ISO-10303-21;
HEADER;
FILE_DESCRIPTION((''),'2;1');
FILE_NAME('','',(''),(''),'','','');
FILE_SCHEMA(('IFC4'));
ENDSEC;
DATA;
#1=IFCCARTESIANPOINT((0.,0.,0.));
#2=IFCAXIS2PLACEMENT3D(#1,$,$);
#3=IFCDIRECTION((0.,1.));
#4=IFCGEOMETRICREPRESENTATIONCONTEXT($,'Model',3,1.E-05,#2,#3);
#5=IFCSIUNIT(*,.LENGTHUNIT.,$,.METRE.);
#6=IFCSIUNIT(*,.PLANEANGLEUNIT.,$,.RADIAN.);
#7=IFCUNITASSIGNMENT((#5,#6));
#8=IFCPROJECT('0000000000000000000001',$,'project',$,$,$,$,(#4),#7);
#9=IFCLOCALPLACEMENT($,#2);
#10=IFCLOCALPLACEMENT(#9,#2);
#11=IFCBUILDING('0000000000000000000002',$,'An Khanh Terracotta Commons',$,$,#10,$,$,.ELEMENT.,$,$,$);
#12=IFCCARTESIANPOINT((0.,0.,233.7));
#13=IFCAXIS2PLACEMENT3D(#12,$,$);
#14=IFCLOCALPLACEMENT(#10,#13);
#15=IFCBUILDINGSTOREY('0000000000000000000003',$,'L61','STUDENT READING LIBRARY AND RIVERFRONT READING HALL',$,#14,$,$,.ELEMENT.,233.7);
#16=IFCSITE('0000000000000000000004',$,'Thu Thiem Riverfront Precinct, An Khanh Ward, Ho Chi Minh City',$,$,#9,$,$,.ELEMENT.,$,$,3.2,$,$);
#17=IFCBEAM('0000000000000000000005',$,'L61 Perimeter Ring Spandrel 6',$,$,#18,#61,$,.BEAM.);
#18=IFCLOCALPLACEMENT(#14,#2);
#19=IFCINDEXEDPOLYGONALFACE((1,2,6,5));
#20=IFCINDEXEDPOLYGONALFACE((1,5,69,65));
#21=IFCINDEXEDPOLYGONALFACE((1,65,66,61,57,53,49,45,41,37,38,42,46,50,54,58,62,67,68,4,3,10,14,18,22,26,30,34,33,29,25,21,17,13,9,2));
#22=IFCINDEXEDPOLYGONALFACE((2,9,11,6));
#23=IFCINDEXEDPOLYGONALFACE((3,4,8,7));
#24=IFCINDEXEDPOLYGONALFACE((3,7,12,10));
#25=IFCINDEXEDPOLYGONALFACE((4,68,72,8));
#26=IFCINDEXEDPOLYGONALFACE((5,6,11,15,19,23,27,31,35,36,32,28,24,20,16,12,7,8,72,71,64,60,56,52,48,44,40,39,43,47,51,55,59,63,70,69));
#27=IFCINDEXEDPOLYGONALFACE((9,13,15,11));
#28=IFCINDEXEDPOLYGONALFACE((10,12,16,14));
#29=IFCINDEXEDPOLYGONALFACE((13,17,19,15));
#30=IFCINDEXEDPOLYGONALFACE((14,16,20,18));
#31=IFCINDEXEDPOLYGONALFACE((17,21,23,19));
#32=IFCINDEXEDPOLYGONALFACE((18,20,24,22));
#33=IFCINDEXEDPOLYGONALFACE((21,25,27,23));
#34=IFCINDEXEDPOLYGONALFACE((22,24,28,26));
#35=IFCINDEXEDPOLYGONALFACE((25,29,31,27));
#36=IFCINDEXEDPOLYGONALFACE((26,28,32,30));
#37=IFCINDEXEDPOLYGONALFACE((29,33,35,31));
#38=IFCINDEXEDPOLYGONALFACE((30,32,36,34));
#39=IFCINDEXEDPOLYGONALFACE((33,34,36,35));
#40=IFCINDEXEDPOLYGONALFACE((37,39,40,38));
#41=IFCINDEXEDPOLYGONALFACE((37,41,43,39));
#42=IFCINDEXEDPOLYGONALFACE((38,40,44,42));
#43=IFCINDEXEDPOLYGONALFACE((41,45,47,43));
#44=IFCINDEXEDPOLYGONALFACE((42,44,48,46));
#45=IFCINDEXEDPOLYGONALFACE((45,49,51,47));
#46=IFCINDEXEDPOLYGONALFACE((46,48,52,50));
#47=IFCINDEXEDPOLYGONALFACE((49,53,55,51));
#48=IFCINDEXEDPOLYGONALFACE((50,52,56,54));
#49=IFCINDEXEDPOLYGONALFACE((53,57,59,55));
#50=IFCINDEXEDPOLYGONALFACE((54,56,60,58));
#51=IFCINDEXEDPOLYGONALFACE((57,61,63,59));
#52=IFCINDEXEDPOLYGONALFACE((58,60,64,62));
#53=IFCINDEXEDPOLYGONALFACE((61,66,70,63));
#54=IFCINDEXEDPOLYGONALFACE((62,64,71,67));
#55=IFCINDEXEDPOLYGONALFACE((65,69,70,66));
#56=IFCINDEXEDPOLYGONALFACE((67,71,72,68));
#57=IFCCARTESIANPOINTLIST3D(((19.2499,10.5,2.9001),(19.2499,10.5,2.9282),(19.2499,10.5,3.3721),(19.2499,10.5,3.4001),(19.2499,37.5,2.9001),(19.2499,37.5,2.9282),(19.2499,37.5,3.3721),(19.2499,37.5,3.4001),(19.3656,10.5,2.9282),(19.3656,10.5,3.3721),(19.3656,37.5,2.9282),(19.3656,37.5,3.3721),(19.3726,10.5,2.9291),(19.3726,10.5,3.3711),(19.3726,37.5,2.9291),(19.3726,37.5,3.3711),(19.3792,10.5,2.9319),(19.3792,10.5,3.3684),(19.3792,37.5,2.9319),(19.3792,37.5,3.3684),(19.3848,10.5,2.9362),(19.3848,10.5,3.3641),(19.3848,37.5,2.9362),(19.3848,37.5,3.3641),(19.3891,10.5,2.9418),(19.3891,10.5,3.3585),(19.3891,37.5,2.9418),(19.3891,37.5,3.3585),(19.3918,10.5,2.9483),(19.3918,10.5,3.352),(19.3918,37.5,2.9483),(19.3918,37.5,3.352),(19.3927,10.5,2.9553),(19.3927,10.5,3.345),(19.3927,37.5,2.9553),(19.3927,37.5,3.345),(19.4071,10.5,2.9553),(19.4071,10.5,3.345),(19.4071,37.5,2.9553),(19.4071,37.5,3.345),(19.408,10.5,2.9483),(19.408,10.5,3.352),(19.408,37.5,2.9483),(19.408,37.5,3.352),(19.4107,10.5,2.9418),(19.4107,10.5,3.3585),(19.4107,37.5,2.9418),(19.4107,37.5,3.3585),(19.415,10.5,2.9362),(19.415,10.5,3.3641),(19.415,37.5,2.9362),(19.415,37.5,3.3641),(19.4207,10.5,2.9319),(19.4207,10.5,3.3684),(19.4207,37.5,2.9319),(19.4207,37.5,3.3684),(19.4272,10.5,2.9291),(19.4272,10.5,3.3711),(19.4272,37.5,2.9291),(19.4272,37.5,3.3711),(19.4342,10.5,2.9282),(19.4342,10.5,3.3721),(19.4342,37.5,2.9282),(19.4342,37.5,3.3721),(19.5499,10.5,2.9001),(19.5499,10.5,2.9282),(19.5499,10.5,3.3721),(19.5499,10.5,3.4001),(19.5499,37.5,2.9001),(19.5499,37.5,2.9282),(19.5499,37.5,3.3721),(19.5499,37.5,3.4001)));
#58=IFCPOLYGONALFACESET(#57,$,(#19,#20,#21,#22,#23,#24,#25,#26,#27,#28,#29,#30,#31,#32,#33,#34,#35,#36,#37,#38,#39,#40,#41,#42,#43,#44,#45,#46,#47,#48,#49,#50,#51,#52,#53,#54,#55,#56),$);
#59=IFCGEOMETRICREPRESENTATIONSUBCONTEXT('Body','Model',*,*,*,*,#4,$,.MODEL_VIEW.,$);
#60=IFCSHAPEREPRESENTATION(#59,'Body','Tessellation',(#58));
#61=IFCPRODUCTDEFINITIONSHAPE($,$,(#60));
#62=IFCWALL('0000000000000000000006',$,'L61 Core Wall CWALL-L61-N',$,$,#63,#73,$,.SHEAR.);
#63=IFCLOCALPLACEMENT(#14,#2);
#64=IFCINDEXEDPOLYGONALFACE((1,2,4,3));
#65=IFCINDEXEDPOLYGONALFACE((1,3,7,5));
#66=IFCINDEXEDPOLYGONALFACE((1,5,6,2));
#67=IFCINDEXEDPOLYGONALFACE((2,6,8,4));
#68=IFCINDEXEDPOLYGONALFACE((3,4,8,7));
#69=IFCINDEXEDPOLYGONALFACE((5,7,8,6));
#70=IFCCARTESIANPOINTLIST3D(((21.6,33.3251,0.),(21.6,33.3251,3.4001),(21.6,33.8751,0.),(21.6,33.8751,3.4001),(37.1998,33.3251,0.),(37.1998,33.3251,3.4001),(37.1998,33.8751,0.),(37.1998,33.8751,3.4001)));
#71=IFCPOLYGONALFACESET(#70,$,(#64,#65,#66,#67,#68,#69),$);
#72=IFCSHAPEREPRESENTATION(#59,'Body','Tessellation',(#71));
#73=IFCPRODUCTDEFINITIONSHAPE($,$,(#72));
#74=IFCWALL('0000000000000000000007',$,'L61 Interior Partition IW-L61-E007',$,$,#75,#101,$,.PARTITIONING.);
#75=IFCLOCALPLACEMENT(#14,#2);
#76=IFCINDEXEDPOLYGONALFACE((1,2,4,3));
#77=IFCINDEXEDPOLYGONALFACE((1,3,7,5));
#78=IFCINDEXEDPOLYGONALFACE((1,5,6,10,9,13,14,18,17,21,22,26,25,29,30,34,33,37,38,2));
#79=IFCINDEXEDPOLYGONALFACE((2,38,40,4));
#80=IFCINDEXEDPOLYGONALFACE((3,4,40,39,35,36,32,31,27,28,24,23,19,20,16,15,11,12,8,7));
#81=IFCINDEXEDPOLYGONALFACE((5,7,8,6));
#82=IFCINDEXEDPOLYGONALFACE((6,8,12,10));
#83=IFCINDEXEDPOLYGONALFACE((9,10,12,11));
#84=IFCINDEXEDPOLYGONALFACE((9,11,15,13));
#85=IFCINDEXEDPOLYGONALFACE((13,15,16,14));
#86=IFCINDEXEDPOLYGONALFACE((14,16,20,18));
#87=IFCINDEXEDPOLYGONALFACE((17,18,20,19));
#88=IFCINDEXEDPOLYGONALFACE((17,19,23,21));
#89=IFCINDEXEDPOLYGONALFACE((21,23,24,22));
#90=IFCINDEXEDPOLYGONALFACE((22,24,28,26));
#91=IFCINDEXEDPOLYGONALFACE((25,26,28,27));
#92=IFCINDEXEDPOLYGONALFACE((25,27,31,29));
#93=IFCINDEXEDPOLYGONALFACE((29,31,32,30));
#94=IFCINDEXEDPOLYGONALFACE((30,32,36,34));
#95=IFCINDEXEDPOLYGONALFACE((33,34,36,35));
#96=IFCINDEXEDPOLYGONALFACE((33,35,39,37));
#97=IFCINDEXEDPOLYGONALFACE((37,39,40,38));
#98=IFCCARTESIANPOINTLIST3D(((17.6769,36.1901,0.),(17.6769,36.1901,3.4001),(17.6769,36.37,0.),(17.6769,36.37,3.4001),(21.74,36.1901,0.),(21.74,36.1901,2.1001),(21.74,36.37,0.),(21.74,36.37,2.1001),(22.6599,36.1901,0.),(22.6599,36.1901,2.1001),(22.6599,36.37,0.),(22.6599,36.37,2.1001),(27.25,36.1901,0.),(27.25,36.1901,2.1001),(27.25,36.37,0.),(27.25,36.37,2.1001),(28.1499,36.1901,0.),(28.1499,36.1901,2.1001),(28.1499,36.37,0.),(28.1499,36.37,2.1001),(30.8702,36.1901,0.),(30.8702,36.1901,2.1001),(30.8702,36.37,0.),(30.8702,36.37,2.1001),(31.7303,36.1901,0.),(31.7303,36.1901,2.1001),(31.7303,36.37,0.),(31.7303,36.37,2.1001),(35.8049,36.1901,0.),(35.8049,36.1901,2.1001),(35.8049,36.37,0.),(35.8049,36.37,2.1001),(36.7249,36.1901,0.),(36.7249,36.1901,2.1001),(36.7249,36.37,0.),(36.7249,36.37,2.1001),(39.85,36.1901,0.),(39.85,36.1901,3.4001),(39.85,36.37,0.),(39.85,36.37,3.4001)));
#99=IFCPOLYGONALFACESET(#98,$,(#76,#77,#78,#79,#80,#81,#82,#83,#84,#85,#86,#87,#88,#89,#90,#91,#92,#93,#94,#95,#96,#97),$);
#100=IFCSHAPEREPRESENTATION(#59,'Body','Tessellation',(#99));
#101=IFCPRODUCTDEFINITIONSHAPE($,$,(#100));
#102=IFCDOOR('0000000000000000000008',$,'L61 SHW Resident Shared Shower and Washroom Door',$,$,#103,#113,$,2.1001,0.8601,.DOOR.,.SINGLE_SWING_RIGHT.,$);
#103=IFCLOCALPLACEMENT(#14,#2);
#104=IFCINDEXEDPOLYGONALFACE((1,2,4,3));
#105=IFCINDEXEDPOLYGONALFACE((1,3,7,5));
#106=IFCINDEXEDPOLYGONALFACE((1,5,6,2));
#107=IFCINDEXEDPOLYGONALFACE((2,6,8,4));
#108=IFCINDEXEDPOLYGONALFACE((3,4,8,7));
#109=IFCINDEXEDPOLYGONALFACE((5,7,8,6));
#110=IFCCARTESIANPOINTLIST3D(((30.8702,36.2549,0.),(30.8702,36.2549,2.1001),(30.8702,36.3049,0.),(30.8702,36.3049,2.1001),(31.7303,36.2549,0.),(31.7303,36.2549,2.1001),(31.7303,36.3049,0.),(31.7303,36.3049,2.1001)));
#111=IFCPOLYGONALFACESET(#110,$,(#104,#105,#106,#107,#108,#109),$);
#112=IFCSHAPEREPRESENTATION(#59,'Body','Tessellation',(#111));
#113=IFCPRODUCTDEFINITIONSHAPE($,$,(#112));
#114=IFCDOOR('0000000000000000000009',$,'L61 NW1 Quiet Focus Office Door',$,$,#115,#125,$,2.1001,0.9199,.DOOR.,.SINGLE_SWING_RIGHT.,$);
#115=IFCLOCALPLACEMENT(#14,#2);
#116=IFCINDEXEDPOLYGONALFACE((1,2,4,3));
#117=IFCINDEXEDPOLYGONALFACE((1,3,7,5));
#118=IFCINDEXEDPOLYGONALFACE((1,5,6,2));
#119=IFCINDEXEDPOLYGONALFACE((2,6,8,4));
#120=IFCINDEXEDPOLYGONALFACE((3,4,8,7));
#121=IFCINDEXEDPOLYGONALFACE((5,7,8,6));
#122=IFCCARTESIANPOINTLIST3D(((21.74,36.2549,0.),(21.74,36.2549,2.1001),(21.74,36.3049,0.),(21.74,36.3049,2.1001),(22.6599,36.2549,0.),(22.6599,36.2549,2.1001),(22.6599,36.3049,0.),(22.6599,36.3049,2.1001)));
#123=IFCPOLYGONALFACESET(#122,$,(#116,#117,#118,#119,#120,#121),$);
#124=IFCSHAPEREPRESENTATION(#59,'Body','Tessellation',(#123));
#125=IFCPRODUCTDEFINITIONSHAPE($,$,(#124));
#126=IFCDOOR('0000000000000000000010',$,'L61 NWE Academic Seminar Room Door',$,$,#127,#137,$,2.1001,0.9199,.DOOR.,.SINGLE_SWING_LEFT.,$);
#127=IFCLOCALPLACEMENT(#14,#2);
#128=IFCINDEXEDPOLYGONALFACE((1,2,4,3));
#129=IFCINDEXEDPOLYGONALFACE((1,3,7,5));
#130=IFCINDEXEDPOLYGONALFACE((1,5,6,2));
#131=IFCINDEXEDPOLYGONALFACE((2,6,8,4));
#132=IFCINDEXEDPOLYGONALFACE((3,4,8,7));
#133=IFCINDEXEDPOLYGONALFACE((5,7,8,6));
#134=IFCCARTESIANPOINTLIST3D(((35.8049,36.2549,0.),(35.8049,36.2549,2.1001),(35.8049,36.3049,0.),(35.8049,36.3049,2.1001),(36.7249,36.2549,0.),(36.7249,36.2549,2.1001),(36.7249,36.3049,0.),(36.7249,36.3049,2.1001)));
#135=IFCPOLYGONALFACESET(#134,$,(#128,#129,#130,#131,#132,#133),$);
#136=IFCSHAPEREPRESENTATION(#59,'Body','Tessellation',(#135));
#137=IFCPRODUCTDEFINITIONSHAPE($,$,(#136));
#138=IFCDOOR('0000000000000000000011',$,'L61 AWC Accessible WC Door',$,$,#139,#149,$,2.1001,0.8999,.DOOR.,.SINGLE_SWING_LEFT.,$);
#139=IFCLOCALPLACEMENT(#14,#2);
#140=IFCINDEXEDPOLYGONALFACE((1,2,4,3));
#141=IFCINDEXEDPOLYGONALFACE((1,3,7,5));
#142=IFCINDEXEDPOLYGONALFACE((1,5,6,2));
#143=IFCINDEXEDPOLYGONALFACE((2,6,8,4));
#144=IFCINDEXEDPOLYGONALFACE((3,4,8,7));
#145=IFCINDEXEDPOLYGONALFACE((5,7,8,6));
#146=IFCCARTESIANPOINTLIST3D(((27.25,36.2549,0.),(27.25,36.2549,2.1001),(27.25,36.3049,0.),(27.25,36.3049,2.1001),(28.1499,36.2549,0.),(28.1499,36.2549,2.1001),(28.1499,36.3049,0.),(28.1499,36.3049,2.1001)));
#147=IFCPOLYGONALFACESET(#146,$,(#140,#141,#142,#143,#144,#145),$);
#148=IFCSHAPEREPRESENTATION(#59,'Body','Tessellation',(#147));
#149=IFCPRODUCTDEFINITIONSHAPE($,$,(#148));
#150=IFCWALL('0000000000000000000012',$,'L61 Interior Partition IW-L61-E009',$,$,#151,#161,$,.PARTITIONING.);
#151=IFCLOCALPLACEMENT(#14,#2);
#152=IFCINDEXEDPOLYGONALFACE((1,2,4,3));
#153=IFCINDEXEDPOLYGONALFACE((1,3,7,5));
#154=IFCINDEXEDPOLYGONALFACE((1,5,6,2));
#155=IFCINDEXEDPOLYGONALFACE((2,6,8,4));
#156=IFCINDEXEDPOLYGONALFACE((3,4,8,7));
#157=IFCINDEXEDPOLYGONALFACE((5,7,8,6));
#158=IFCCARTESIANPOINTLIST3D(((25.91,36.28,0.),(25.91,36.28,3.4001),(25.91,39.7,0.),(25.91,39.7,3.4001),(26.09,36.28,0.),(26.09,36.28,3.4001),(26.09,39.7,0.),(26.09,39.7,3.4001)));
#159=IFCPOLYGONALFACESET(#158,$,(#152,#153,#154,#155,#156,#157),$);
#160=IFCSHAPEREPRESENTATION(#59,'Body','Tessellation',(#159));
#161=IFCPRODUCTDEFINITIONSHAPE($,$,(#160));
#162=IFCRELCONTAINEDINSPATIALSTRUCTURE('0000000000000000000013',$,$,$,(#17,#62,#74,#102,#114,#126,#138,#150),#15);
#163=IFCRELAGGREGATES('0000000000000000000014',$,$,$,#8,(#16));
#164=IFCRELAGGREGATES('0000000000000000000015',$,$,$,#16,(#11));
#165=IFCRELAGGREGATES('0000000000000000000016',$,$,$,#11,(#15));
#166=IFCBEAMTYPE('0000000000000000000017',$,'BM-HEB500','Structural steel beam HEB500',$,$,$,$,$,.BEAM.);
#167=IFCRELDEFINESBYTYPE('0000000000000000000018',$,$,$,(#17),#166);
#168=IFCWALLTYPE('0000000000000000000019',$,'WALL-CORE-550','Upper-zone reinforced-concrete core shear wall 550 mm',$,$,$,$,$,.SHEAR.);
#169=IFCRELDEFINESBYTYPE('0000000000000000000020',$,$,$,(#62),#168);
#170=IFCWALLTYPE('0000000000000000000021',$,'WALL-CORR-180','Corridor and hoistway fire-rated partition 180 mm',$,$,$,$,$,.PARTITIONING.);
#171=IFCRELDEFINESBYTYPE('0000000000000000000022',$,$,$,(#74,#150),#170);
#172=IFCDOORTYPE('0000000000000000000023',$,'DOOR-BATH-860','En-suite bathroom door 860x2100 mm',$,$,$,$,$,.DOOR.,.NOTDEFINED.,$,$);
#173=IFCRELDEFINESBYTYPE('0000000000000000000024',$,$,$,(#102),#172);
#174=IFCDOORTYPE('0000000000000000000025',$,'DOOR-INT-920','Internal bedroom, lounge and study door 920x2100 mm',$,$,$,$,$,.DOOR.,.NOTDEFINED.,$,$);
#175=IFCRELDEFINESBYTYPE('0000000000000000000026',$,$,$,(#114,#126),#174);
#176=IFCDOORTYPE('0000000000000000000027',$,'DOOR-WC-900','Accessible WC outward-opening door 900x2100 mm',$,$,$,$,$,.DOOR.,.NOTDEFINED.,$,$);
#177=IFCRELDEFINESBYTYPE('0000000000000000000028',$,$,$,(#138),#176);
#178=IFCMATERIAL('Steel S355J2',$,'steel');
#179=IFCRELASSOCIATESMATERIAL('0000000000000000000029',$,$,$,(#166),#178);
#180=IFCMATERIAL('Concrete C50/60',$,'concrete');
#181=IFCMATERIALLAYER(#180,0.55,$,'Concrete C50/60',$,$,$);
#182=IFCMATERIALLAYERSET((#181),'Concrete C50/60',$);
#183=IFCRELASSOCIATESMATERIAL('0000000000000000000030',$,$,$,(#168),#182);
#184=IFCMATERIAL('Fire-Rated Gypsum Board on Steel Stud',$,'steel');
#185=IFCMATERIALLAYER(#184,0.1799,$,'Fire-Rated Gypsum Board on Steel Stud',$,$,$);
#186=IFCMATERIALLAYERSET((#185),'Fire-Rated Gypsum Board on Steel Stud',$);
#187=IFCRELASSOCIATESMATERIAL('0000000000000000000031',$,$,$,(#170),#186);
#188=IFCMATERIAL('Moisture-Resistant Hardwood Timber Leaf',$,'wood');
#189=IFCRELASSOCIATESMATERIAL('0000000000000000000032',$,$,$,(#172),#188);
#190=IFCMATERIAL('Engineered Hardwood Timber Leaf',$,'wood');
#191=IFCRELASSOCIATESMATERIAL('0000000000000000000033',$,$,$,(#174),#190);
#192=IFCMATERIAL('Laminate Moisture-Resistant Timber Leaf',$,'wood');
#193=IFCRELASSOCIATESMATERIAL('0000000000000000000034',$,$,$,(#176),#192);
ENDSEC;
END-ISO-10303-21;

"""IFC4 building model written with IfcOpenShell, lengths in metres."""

from ifc_helpers import new_model, si_unit, direction, frame, frame_2d, origin, origin_2d, place, context, subcontext, project, spatial, rectangle, i_section, extrude, material, layer, layer_set, material_profile, profile_set, type_object, element, fill, save


model = new_model("IFC4")

# Units and contexts
model_context = context("Model", 3, precision=1e-05, world=origin(), true_north=direction((0.0, 1.0)))
body_context = subcontext(model_context, "Body", "Model", "MODEL_VIEW")
ifc_project = project(units=[si_unit("LENGTHUNIT", "METRE"), si_unit("PLANEANGLEUNIT", "RADIAN")], contexts=[model_context])

# Site, building, storey
site_placement = place(None, origin())
site = spatial("IfcSite", under=ifc_project, at=site_placement, Name="Thu Thiem Riverfront Precinct, An Khanh Ward, Ho Chi Minh City", CompositionType="ELEMENT", RefElevation=3.2)
building_placement = place(site_placement, origin())
building = spatial("IfcBuilding", under=site, at=building_placement, Name="An Khanh Terracotta Commons", CompositionType="ELEMENT")
storey_placement = place(building_placement, frame((0.0, 0.0, 233.7)))
storey = spatial("IfcBuildingStorey", under=building, at=storey_placement, Name="L61", Description="STUDENT READING LIBRARY AND RIVERFRONT READING HALL", CompositionType="ELEMENT", Elevation=233.7)

# Beam
ifc_material_1 = material(Name="Steel S355J2", Category="steel")
ifc_material_profile_1 = material_profile(ifc_material_1, i_section(OverallWidth=0.3, OverallDepth=0.5, WebThickness=0.0144, FlangeThickness=0.0281, FilletRadius=0.0271, at=origin_2d()), Name="HEB500")
ifc_profile_set_1 = profile_set([ifc_material_profile_1], Name="Steel S355J2")
beam_type_1 = type_object("IfcBeamType", Name="BM-HEB500", Description="Structural steel beam HEB500", PredefinedType="BEAM", material=ifc_profile_set_1)
beam_1_placement = place(storey_placement, frame((19.3999, 37.5, 3.1501), z_axis=(0.0, -1.0, 0.0), x_axis=(1.0, 0.0, 0.0)))
element("IfcBeam", 1, at=beam_1_placement, inside=storey, type_object=beam_type_1, Name="L61 Perimeter Ring Spandrel 6", PredefinedType="BEAM", context=body_context, shape_type="SweptSolid", body=[
    extrude(i_section(OverallWidth=0.3, OverallDepth=0.5, WebThickness=0.0144, FlangeThickness=0.0281, FilletRadius=0.0271, at=origin_2d()), origin(), (0.0, 0.0, 1.0), 27.0),
])

# Wall
ifc_material_2 = material(Name="Concrete C50/60", Category="concrete")
ifc_layer_1 = layer(ifc_material_2, 0.55, Name="Concrete C50/60")
ifc_layer_set_1 = layer_set([ifc_layer_1], Name="Concrete C50/60")
wall_type_1 = type_object("IfcWallType", Name="WALL-CORE-550", Description="Upper-zone reinforced-concrete core shear wall 550 mm", PredefinedType="SHEAR", material=ifc_layer_set_1)
wall_1_placement = place(storey_placement, frame((21.6001, 33.6001, 0.0), z_axis=(0.0, 0.0, 1.0), x_axis=(1.0, 0.0, 0.0)))
element("IfcWall", 2, at=wall_1_placement, inside=storey, type_object=wall_type_1, Name="L61 Core Wall CWALL-L61-N", PredefinedType="SHEAR", context=body_context, shape_type="SweptSolid", body=[
    extrude(rectangle(XDim=15.5999, YDim=0.55, at=frame_2d((7.7998, 0.0))), origin(), (0.0, 0.0, 1.0), 3.4001),
])

# Wall, openings, doors
ifc_material_3 = material(Name="Fire-Rated Gypsum Board on Steel Stud", Category="steel")
ifc_layer_2 = layer(ifc_material_3, 0.1799, Name="Fire-Rated Gypsum Board on Steel Stud")
ifc_layer_set_2 = layer_set([ifc_layer_2], Name="Fire-Rated Gypsum Board on Steel Stud")
wall_type_2 = type_object("IfcWallType", Name="WALL-CORR-180", Description="Corridor and hoistway fire-rated partition 180 mm", PredefinedType="PARTITIONING", material=ifc_layer_set_2)
wall_2_placement = place(storey_placement, frame((17.677, 36.28, 0.0), z_axis=(0.0, 0.0, 1.0), x_axis=(1.0, 0.0, 0.0)))
wall_2 = element("IfcWall", 3, at=wall_2_placement, inside=storey, type_object=wall_type_2, Name="L61 Interior Partition IW-L61-E007", PredefinedType="PARTITIONING", context=body_context, shape_type="SweptSolid", body=[
    extrude(rectangle(XDim=22.1731, YDim=0.1799, at=frame_2d((11.0864, 0.0))), origin(), (0.0, 0.0, 1.0), 3.4001),
])
opening_1_placement = place(wall_2_placement, frame((9.573, 0.0, 0.0)))
opening_1 = element("IfcOpeningElement", 4, at=opening_1_placement, cuts=wall_2, PredefinedType="OPENING", context=body_context, shape_type="SweptSolid", body=[
    extrude(rectangle(XDim=0.8999, YDim=2.1001, at=frame_2d((0.45, 1.05))), frame((0.0, 0.0999, 0.0), z_axis=(0.0, -1.0, 0.0), x_axis=(1.0, 0.0, 0.0)), (0.0, 0.0, 1.0), 0.2),
])
opening_2_placement = place(wall_2_placement, frame((13.1931, 0.0, 0.0)))
opening_2 = element("IfcOpeningElement", 5, at=opening_2_placement, cuts=wall_2, PredefinedType="OPENING", context=body_context, shape_type="SweptSolid", body=[
    extrude(rectangle(XDim=0.8601, YDim=2.1001, at=frame_2d((0.4302, 1.05))), frame((0.0, 0.0999, 0.0), z_axis=(0.0, -1.0, 0.0), x_axis=(1.0, 0.0, 0.0)), (0.0, 0.0, 1.0), 0.2),
])
opening_3_placement = place(wall_2_placement, frame((4.063, 0.0, 0.0)))
opening_3 = element("IfcOpeningElement", 6, at=opening_3_placement, cuts=wall_2, PredefinedType="OPENING", context=body_context, shape_type="SweptSolid", body=[
    extrude(rectangle(XDim=0.9199, YDim=2.1001, at=frame_2d((0.46, 1.05))), frame((0.0, 0.0999, 0.0), z_axis=(0.0, -1.0, 0.0), x_axis=(1.0, 0.0, 0.0)), (0.0, 0.0, 1.0), 0.2),
])
opening_4_placement = place(wall_2_placement, frame((18.1279, 0.0, 0.0)))
opening_4 = element("IfcOpeningElement", 7, at=opening_4_placement, cuts=wall_2, PredefinedType="OPENING", context=body_context, shape_type="SweptSolid", body=[
    extrude(rectangle(XDim=0.9199, YDim=2.1001, at=frame_2d((0.46, 1.05))), frame((0.0, 0.0999, 0.0), z_axis=(0.0, -1.0, 0.0), x_axis=(1.0, 0.0, 0.0)), (0.0, 0.0, 1.0), 0.2),
])
ifc_material_4 = material(Name="Moisture-Resistant Hardwood Timber Leaf", Category="wood")
door_type_1 = type_object("IfcDoorType", Name="DOOR-BATH-860", Description="En-suite bathroom door 860x2100 mm", OperationType="NOTDEFINED", PredefinedType="DOOR", material=ifc_material_4)
door_1_placement = place(opening_2_placement, origin())
door_1 = element("IfcDoor", 8, at=door_1_placement, inside=storey, type_object=door_type_1, Name="L61 SHW Resident Shared Shower and Washroom Door", OperationType="SINGLE_SWING_RIGHT", OverallHeight=2.1001, OverallWidth=0.8601, PredefinedType="DOOR", context=body_context, shape_type="SweptSolid", body=[
    extrude(rectangle(XDim=0.8601, YDim=2.1001, at=frame_2d((0.4302, 1.05))), frame((0.0, 0.0249, 0.0), z_axis=(0.0, -1.0, 0.0), x_axis=(1.0, 0.0, 0.0)), (0.0, 0.0, 1.0), 0.05),
])
fill(opening_2, door_1)
ifc_material_5 = material(Name="Engineered Hardwood Timber Leaf", Category="wood")
door_type_2 = type_object("IfcDoorType", Name="DOOR-INT-920", Description="Internal bedroom, lounge and study door 920x2100 mm", OperationType="NOTDEFINED", PredefinedType="DOOR", material=ifc_material_5)
door_2_placement = place(opening_3_placement, origin())
door_2 = element("IfcDoor", 9, at=door_2_placement, inside=storey, type_object=door_type_2, Name="L61 NW1 Quiet Focus Office Door", OperationType="SINGLE_SWING_RIGHT", OverallHeight=2.1001, OverallWidth=0.9199, PredefinedType="DOOR", context=body_context, shape_type="SweptSolid", body=[
    extrude(rectangle(XDim=0.9199, YDim=2.1001, at=frame_2d((0.46, 1.05))), frame((0.0, 0.0249, 0.0), z_axis=(0.0, -1.0, 0.0), x_axis=(1.0, 0.0, 0.0)), (0.0, 0.0, 1.0), 0.05),
])
fill(opening_3, door_2)
door_3_placement = place(opening_4_placement, origin())
door_3 = element("IfcDoor", 10, at=door_3_placement, inside=storey, type_object=door_type_2, Name="L61 NWE Academic Seminar Room Door", OperationType="SINGLE_SWING_LEFT", OverallHeight=2.1001, OverallWidth=0.9199, PredefinedType="DOOR", context=body_context, shape_type="SweptSolid", body=[
    extrude(rectangle(XDim=0.9199, YDim=2.1001, at=frame_2d((0.46, 1.05))), frame((0.0, 0.0249, 0.0), z_axis=(0.0, -1.0, 0.0), x_axis=(1.0, 0.0, 0.0)), (0.0, 0.0, 1.0), 0.05),
])
fill(opening_4, door_3)
ifc_material_6 = material(Name="Laminate Moisture-Resistant Timber Leaf", Category="wood")
door_type_3 = type_object("IfcDoorType", Name="DOOR-WC-900", Description="Accessible WC outward-opening door 900x2100 mm", OperationType="NOTDEFINED", PredefinedType="DOOR", material=ifc_material_6)
door_4_placement = place(opening_1_placement, origin())
door_4 = element("IfcDoor", 11, at=door_4_placement, inside=storey, type_object=door_type_3, Name="L61 AWC Accessible WC Door", OperationType="SINGLE_SWING_LEFT", OverallHeight=2.1001, OverallWidth=0.8999, PredefinedType="DOOR", context=body_context, shape_type="SweptSolid", body=[
    extrude(rectangle(XDim=0.8999, YDim=2.1001, at=frame_2d((0.45, 1.05))), frame((0.0, 0.0249, 0.0), z_axis=(0.0, -1.0, 0.0), x_axis=(1.0, 0.0, 0.0)), (0.0, 0.0, 1.0), 0.05),
])
fill(opening_1, door_4)

# Wall
wall_3_placement = place(storey_placement, frame((26.0, 36.28, 0.0), z_axis=(0.0, 0.0, 1.0), x_axis=(0.0, 1.0, 0.0)))
element("IfcWall", 12, at=wall_3_placement, inside=storey, type_object=wall_type_2, Name="L61 Interior Partition IW-L61-E009", PredefinedType="PARTITIONING", context=body_context, shape_type="SweptSolid", body=[
    extrude(rectangle(XDim=3.4199, YDim=0.1799, at=frame_2d((1.71, 0.0))), origin(), (0.0, 0.0, 1.0), 3.4001),
])

save(model, "model.ifc")
